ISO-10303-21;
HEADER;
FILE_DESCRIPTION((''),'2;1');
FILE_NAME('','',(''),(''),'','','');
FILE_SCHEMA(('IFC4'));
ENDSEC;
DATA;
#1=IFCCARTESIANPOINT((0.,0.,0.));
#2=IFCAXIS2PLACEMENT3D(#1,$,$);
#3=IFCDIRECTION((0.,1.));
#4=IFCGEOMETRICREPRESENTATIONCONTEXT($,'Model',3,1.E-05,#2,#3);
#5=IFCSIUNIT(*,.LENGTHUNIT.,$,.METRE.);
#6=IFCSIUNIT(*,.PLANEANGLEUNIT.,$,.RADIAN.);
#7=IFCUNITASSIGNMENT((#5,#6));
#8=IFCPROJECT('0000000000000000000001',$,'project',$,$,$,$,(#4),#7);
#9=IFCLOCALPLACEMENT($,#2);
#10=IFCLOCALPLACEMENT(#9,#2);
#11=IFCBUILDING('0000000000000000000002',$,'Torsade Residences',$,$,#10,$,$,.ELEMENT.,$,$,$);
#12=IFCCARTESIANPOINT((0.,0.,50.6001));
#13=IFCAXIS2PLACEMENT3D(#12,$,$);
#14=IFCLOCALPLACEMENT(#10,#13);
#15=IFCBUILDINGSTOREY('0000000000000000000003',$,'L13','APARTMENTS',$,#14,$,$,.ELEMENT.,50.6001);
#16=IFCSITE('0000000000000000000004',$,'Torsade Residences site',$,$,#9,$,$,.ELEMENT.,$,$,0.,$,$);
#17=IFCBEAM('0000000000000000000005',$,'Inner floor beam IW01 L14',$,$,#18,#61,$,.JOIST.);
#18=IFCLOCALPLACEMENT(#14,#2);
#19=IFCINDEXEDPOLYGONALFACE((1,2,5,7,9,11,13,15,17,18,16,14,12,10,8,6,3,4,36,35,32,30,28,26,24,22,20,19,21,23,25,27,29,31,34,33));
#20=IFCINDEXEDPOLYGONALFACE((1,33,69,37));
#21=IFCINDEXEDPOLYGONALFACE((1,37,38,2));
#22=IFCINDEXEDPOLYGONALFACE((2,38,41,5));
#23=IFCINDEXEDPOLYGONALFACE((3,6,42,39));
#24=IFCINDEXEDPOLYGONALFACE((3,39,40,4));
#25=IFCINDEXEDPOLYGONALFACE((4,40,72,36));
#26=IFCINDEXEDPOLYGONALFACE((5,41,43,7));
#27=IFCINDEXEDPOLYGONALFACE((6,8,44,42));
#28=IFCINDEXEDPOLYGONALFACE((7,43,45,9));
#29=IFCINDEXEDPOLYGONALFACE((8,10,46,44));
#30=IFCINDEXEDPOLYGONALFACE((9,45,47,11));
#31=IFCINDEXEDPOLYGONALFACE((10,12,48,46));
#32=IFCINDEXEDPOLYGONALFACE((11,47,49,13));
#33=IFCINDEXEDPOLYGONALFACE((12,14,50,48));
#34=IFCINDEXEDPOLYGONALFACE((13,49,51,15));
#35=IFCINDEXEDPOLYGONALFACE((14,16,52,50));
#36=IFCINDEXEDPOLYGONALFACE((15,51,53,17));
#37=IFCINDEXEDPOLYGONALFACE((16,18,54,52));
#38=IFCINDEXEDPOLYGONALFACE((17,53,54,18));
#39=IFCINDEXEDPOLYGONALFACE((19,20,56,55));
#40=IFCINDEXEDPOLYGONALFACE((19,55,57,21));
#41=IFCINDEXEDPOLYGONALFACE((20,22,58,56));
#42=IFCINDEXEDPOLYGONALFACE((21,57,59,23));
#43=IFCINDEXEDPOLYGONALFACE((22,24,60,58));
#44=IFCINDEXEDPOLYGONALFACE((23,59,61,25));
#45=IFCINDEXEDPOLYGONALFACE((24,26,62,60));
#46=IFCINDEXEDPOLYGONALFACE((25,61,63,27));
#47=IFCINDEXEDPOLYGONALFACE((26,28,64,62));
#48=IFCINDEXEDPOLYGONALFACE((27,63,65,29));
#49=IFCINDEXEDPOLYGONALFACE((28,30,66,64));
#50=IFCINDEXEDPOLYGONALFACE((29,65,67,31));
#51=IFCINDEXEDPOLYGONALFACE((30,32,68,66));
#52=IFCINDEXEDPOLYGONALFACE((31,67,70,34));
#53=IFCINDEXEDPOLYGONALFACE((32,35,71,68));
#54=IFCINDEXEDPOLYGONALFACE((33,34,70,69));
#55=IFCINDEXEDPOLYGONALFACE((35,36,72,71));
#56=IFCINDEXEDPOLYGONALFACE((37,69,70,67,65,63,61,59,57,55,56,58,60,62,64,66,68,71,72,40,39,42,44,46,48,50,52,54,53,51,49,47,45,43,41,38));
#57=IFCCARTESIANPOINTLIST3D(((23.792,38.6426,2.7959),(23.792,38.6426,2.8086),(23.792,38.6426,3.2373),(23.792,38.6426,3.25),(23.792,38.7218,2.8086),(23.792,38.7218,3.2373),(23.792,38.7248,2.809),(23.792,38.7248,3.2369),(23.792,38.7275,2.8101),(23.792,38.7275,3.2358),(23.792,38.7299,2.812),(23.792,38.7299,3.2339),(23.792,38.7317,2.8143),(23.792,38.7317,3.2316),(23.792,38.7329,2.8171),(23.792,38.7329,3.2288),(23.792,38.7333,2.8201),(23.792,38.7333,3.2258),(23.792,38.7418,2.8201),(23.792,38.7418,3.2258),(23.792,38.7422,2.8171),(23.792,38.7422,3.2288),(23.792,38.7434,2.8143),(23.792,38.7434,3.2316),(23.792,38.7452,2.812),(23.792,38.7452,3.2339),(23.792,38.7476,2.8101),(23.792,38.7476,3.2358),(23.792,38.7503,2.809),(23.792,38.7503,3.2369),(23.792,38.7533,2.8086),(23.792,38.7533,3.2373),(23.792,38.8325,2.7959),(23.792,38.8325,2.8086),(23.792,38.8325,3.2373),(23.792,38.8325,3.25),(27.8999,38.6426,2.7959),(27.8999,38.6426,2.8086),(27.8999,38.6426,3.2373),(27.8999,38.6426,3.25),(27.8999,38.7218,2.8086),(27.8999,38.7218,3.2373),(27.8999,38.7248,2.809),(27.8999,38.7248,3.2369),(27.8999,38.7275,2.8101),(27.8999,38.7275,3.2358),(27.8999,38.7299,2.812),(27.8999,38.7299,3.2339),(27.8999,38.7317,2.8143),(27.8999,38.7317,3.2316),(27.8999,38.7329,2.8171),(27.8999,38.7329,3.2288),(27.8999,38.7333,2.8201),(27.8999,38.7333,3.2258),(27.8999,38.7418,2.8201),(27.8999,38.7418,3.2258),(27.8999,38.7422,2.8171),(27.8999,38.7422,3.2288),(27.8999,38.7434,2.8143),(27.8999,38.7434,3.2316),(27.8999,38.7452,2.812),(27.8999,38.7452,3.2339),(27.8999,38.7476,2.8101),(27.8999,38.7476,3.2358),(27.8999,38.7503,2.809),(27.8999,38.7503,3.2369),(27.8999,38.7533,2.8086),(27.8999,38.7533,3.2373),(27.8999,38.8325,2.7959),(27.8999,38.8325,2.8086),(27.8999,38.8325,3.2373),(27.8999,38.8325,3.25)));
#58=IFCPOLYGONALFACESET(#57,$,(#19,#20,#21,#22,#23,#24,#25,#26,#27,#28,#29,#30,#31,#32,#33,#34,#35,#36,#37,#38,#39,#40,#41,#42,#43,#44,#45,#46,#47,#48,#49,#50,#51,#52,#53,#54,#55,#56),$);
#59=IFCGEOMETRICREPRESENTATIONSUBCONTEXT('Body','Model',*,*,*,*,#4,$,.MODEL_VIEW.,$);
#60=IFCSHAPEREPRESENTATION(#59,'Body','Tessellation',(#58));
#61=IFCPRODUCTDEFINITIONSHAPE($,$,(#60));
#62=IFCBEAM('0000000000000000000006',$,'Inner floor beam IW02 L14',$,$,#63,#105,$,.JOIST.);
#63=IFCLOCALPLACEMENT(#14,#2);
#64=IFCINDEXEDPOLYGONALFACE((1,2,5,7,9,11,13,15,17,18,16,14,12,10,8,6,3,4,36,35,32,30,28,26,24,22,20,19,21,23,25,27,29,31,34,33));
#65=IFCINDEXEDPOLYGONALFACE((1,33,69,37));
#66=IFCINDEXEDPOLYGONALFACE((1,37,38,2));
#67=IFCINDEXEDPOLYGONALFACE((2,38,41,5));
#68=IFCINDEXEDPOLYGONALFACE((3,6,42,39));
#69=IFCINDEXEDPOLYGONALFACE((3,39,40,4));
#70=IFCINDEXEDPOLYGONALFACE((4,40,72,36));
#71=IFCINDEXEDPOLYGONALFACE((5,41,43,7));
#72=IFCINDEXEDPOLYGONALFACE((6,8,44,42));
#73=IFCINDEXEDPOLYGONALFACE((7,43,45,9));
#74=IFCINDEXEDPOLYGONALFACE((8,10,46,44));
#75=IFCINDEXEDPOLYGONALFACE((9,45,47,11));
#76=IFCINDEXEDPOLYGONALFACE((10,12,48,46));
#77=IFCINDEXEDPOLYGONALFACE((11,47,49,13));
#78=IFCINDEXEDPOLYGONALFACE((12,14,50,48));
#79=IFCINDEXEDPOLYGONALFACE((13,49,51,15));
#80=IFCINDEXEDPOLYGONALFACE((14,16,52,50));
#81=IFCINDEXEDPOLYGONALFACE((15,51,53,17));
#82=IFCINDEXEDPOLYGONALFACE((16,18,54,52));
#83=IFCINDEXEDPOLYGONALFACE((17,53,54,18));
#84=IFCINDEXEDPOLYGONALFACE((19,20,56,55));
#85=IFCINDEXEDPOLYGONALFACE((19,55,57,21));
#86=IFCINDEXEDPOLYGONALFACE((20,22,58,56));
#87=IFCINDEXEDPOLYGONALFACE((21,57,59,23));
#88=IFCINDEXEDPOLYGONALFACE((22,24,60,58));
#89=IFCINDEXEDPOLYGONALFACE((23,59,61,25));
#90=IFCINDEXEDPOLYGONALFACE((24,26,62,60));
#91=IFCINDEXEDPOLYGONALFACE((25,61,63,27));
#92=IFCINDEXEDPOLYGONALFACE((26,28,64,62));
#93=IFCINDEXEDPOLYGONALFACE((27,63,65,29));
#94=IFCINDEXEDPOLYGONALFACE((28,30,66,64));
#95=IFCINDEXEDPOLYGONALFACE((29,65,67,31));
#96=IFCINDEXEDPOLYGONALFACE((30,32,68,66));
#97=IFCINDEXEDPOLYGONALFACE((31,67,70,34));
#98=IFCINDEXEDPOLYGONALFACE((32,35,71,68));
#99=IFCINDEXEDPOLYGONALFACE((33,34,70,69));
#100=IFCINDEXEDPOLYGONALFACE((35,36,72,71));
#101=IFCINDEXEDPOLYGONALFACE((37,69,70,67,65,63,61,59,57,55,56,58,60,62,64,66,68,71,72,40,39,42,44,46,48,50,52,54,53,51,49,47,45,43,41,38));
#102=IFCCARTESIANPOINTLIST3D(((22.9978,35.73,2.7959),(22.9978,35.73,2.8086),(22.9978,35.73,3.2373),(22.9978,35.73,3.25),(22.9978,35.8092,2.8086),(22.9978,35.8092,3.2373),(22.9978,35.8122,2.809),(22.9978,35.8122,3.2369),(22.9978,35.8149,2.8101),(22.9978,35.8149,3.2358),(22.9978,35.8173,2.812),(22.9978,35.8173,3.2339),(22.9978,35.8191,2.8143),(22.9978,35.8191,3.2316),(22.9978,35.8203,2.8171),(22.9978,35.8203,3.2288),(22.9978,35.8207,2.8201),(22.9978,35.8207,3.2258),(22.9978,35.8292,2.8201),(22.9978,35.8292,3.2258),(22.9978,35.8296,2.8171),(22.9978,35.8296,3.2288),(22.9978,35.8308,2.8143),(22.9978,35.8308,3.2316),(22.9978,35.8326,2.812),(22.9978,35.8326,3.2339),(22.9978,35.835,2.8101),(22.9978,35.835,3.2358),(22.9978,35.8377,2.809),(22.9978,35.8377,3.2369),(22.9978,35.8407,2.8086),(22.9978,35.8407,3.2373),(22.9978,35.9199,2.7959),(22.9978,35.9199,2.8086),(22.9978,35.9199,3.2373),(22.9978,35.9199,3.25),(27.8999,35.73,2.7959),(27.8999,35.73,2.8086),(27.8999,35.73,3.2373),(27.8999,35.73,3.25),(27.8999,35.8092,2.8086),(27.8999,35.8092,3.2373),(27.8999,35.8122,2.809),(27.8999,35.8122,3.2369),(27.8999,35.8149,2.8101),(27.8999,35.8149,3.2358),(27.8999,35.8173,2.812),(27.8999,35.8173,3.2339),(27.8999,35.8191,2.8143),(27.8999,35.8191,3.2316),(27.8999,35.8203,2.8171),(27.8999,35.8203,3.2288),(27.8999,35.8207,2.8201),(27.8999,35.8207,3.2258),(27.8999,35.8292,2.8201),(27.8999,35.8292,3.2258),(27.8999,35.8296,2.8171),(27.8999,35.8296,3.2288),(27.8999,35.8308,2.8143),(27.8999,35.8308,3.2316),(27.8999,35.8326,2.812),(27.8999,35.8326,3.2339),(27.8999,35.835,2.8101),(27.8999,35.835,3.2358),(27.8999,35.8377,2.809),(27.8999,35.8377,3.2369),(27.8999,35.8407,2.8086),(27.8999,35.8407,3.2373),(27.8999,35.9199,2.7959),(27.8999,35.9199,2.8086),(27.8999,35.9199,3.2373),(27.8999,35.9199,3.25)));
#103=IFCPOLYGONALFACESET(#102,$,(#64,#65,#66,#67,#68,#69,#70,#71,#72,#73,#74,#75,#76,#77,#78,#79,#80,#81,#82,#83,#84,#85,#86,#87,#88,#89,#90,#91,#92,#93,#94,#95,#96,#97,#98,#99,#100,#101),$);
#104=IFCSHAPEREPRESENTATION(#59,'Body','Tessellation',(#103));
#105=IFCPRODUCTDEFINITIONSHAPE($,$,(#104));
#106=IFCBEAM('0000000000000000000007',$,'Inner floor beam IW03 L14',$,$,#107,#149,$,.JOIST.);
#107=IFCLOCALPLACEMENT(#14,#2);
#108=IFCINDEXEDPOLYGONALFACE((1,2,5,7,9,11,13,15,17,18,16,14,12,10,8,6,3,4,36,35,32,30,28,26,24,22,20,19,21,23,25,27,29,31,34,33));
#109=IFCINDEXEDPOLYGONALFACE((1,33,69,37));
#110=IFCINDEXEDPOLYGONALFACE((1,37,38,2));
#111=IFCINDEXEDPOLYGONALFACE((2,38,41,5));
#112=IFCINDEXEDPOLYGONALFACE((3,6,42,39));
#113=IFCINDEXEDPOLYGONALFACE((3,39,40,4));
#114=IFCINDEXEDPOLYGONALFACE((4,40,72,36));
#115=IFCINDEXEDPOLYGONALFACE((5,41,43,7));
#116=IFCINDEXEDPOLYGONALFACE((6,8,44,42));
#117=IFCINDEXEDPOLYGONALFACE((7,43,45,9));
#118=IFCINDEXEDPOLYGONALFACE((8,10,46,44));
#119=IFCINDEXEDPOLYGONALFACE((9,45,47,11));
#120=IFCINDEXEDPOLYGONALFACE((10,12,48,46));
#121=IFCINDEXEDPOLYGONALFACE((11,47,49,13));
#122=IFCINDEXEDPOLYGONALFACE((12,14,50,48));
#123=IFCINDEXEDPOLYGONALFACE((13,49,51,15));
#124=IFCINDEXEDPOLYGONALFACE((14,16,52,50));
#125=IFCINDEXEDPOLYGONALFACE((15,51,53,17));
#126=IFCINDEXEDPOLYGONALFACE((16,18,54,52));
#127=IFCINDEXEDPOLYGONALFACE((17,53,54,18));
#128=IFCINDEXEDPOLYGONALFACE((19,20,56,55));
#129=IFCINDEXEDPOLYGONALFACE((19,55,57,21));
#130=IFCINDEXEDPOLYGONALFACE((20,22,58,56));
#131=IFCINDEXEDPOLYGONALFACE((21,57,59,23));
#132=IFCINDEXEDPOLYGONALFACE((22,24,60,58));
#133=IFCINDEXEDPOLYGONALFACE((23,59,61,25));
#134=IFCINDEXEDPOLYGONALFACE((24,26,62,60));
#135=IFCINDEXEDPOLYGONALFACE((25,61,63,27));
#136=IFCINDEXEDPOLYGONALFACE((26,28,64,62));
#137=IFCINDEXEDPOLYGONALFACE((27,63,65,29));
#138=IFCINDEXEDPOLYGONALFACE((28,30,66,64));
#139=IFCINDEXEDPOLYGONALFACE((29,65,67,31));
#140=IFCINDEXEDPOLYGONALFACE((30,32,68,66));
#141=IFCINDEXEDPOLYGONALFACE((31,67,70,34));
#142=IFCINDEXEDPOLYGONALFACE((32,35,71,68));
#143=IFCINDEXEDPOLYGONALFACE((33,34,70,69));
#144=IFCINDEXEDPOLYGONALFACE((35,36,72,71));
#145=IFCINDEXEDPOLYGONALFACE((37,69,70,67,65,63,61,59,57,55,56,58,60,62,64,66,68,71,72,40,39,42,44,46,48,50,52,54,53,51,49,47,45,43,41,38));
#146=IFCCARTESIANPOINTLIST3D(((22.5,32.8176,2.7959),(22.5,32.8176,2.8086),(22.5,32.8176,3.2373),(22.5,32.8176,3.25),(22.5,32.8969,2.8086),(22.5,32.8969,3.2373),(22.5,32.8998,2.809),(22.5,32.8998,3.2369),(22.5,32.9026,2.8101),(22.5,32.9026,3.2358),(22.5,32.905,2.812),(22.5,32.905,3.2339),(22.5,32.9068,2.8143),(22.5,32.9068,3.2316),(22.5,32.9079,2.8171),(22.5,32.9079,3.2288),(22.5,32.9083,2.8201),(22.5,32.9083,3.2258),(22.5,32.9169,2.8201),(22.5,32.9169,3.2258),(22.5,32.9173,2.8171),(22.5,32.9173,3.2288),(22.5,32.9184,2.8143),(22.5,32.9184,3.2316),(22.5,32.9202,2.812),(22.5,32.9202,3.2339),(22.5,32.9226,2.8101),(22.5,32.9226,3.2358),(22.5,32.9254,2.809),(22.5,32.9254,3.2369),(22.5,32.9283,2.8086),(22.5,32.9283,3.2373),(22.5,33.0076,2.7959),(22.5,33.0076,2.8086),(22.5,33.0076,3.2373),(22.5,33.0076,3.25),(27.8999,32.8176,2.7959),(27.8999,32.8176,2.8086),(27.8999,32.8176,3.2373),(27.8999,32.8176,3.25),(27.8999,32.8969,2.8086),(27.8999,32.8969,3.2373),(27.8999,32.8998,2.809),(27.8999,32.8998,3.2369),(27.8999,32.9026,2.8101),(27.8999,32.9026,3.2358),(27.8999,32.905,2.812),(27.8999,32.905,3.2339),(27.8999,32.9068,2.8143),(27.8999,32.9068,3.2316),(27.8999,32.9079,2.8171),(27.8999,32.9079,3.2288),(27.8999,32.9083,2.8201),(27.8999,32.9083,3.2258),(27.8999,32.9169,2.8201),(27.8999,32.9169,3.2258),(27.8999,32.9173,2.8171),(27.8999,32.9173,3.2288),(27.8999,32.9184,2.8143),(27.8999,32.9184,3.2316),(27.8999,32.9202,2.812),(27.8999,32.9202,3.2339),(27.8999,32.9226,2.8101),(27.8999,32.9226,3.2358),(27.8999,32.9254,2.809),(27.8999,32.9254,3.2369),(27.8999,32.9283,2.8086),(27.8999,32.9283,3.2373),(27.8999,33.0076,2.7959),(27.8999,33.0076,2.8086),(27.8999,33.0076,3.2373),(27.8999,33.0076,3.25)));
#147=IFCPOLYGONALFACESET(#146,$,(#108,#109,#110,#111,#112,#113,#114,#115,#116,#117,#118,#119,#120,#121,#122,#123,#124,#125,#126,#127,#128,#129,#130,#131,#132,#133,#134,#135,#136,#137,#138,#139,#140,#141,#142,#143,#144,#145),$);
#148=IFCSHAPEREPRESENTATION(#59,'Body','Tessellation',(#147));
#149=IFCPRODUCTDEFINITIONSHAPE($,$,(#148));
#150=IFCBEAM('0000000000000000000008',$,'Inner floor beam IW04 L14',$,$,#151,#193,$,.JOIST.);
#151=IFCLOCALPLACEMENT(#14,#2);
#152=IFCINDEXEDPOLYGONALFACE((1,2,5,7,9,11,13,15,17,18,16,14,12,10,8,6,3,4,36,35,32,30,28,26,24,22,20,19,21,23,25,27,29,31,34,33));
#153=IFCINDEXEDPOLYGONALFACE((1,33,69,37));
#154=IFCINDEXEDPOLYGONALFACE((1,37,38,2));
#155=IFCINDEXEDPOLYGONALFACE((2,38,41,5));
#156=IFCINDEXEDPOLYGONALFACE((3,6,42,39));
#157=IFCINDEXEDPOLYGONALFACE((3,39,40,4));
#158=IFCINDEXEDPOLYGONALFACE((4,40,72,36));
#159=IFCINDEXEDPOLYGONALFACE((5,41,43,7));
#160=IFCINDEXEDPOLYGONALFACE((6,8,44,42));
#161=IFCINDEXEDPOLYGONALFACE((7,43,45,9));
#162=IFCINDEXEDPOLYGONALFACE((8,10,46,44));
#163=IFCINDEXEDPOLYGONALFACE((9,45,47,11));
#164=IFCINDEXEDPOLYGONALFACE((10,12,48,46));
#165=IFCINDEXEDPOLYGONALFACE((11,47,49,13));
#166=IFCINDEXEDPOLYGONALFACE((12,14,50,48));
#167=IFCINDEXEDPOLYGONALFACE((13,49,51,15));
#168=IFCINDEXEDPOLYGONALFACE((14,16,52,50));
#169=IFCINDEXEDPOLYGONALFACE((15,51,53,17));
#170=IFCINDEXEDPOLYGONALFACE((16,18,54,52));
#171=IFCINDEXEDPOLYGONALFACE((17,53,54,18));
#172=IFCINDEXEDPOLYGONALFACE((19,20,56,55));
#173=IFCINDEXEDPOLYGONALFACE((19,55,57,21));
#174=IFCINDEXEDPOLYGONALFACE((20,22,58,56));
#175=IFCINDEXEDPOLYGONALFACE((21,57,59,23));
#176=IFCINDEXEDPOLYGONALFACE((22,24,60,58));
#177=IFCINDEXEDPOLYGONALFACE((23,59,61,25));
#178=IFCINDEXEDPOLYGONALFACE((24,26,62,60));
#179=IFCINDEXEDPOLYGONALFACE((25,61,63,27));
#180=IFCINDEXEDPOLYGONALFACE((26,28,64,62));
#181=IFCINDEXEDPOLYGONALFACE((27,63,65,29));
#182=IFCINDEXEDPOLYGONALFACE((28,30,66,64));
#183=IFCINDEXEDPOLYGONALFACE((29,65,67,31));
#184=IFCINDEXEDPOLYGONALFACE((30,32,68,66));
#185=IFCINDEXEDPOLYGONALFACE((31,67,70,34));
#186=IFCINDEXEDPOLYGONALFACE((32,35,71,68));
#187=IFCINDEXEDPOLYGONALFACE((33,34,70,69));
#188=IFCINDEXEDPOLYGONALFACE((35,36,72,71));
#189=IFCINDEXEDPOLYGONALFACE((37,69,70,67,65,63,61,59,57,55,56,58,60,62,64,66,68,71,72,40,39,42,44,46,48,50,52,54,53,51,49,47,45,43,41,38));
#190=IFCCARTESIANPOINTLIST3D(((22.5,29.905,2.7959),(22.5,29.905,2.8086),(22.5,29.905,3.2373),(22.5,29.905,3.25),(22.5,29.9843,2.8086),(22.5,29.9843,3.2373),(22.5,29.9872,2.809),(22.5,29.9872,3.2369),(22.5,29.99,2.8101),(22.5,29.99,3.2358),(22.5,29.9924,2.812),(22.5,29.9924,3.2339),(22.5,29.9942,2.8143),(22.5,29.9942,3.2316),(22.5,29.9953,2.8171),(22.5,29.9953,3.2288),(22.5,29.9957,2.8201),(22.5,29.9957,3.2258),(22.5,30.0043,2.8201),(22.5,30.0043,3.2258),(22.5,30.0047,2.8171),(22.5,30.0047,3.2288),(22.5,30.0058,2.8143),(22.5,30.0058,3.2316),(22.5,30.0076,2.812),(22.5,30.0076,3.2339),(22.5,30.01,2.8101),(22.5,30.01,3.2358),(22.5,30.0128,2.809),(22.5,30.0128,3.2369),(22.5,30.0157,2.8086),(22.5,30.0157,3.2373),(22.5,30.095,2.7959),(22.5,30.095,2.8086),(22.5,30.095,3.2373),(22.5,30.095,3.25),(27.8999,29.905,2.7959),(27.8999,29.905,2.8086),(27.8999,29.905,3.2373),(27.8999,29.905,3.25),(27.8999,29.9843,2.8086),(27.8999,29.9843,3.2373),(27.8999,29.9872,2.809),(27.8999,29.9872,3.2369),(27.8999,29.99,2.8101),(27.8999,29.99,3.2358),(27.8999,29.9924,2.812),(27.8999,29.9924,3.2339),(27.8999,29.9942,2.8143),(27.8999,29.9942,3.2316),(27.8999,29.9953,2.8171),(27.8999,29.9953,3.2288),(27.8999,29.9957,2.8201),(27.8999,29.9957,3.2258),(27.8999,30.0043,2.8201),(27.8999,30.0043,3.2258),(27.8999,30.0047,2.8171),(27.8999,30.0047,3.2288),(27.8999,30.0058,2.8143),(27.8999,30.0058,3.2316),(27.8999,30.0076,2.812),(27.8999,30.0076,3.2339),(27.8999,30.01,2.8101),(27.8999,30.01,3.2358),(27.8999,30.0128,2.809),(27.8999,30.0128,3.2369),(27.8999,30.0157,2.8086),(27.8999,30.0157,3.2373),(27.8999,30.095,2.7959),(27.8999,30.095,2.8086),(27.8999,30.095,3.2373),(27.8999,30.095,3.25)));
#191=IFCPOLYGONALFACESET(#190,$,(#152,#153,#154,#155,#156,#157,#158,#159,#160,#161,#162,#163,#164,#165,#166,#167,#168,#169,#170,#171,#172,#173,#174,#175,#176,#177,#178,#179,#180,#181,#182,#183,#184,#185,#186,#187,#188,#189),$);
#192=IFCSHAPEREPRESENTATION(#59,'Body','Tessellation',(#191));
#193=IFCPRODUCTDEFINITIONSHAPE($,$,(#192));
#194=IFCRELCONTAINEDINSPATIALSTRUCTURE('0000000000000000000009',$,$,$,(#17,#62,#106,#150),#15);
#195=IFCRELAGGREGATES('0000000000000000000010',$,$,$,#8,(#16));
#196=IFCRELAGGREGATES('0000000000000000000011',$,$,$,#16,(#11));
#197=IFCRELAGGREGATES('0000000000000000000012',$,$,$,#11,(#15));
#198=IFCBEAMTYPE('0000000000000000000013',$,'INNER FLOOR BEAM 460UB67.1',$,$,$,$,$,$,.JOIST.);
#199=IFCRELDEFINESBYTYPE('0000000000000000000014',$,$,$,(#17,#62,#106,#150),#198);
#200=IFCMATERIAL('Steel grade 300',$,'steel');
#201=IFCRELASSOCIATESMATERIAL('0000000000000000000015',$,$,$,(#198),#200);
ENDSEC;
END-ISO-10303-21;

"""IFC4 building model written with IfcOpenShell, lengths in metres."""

from ifc_helpers import new_model, si_unit, direction, frame, origin, origin_2d, place, context, subcontext, project, spatial, i_section, extrude, material, material_profile, profile_set, type_object, element, save


model = new_model("IFC4")

# Units and contexts
model_context = context("Model", 3, precision=1e-05, world=origin(), true_north=direction((0.0, 1.0)))
body_context = subcontext(model_context, "Body", "Model", "MODEL_VIEW")
ifc_project = project(units=[si_unit("LENGTHUNIT", "METRE"), si_unit("PLANEANGLEUNIT", "RADIAN")], contexts=[model_context])

# Site, building, storey
site_placement = place(None, origin())
site = spatial("IfcSite", under=ifc_project, at=site_placement, Name="Torsade Residences site", CompositionType="ELEMENT", RefElevation=0.0)
building_placement = place(site_placement, origin())
building = spatial("IfcBuilding", under=site, at=building_placement, Name="Torsade Residences", CompositionType="ELEMENT")
storey_placement = place(building_placement, frame((0.0, 0.0, 50.6001)))
storey = spatial("IfcBuildingStorey", under=building, at=storey_placement, Name="L13", Description="APARTMENTS", CompositionType="ELEMENT", Elevation=50.6001)

# Beams
ifc_material_1 = material(Name="Steel grade 300", Category="steel")
ifc_material_profile = material_profile(ifc_material_1, i_section(OverallWidth=0.1899, OverallDepth=0.4541, WebThickness=0.0085, FlangeThickness=0.0127, FilletRadius=0.0115, at=origin_2d()), Name="460UB67.1")
ifc_profile_set = profile_set([ifc_material_profile], Name="Steel grade 300")
beam_type = type_object("IfcBeamType", Name="INNER FLOOR BEAM 460UB67.1", PredefinedType="JOIST", material=ifc_profile_set)
beam_1_placement = place(storey_placement, frame((27.8999, 38.7375, 3.0229), z_axis=(-1.0, 0.0, 0.0), x_axis=(0.0, -1.0, 0.0)))
element("IfcBeam", 1, at=beam_1_placement, inside=storey, type_object=beam_type, Name="Inner floor beam IW01 L14", PredefinedType="JOIST", context=body_context, shape_type="SweptSolid", body=[
    extrude(i_section(OverallWidth=0.1899, OverallDepth=0.4541, WebThickness=0.0085, FlangeThickness=0.0127, FilletRadius=0.0115, at=origin_2d()), origin(), (0.0, 0.0, 1.0), 4.1079),
])
beam_2_placement = place(storey_placement, frame((27.8999, 35.825, 3.0229), z_axis=(-1.0, 0.0, 0.0), x_axis=(0.0, -1.0, 0.0)))
element("IfcBeam", 2, at=beam_2_placement, inside=storey, type_object=beam_type, Name="Inner floor beam IW02 L14", PredefinedType="JOIST", context=body_context, shape_type="SweptSolid", body=[
    extrude(i_section(OverallWidth=0.1899, OverallDepth=0.4541, WebThickness=0.0085, FlangeThickness=0.0127, FilletRadius=0.0115, at=origin_2d()), origin(), (0.0, 0.0, 1.0), 4.9021),
])
for number, where, z_axis, x_axis, name in (
    (3, (27.8999, 32.9126, 3.0229), (-1.0, 0.0, 0.0), (0.0, -1.0, 0.0), "Inner floor beam IW03 L14"),
    (4, (27.8999, 30.0, 3.0229), (-1.0, 0.0, 0.0), (0.0, -1.0, 0.0), "Inner floor beam IW04 L14"),
):
    element("IfcBeam", number, at=place(storey_placement, frame(where, z_axis=z_axis, x_axis=x_axis)), inside=storey, type_object=beam_type, Name=name, PredefinedType="JOIST", context=body_context, shape_type="SweptSolid", body=[
        extrude(i_section(OverallWidth=0.1899, OverallDepth=0.4541, WebThickness=0.0085, FlangeThickness=0.0127, FilletRadius=0.0115, at=origin_2d()), origin(), (0.0, 0.0, 1.0), 5.3999),
    ])

save(model, "model.ifc")
